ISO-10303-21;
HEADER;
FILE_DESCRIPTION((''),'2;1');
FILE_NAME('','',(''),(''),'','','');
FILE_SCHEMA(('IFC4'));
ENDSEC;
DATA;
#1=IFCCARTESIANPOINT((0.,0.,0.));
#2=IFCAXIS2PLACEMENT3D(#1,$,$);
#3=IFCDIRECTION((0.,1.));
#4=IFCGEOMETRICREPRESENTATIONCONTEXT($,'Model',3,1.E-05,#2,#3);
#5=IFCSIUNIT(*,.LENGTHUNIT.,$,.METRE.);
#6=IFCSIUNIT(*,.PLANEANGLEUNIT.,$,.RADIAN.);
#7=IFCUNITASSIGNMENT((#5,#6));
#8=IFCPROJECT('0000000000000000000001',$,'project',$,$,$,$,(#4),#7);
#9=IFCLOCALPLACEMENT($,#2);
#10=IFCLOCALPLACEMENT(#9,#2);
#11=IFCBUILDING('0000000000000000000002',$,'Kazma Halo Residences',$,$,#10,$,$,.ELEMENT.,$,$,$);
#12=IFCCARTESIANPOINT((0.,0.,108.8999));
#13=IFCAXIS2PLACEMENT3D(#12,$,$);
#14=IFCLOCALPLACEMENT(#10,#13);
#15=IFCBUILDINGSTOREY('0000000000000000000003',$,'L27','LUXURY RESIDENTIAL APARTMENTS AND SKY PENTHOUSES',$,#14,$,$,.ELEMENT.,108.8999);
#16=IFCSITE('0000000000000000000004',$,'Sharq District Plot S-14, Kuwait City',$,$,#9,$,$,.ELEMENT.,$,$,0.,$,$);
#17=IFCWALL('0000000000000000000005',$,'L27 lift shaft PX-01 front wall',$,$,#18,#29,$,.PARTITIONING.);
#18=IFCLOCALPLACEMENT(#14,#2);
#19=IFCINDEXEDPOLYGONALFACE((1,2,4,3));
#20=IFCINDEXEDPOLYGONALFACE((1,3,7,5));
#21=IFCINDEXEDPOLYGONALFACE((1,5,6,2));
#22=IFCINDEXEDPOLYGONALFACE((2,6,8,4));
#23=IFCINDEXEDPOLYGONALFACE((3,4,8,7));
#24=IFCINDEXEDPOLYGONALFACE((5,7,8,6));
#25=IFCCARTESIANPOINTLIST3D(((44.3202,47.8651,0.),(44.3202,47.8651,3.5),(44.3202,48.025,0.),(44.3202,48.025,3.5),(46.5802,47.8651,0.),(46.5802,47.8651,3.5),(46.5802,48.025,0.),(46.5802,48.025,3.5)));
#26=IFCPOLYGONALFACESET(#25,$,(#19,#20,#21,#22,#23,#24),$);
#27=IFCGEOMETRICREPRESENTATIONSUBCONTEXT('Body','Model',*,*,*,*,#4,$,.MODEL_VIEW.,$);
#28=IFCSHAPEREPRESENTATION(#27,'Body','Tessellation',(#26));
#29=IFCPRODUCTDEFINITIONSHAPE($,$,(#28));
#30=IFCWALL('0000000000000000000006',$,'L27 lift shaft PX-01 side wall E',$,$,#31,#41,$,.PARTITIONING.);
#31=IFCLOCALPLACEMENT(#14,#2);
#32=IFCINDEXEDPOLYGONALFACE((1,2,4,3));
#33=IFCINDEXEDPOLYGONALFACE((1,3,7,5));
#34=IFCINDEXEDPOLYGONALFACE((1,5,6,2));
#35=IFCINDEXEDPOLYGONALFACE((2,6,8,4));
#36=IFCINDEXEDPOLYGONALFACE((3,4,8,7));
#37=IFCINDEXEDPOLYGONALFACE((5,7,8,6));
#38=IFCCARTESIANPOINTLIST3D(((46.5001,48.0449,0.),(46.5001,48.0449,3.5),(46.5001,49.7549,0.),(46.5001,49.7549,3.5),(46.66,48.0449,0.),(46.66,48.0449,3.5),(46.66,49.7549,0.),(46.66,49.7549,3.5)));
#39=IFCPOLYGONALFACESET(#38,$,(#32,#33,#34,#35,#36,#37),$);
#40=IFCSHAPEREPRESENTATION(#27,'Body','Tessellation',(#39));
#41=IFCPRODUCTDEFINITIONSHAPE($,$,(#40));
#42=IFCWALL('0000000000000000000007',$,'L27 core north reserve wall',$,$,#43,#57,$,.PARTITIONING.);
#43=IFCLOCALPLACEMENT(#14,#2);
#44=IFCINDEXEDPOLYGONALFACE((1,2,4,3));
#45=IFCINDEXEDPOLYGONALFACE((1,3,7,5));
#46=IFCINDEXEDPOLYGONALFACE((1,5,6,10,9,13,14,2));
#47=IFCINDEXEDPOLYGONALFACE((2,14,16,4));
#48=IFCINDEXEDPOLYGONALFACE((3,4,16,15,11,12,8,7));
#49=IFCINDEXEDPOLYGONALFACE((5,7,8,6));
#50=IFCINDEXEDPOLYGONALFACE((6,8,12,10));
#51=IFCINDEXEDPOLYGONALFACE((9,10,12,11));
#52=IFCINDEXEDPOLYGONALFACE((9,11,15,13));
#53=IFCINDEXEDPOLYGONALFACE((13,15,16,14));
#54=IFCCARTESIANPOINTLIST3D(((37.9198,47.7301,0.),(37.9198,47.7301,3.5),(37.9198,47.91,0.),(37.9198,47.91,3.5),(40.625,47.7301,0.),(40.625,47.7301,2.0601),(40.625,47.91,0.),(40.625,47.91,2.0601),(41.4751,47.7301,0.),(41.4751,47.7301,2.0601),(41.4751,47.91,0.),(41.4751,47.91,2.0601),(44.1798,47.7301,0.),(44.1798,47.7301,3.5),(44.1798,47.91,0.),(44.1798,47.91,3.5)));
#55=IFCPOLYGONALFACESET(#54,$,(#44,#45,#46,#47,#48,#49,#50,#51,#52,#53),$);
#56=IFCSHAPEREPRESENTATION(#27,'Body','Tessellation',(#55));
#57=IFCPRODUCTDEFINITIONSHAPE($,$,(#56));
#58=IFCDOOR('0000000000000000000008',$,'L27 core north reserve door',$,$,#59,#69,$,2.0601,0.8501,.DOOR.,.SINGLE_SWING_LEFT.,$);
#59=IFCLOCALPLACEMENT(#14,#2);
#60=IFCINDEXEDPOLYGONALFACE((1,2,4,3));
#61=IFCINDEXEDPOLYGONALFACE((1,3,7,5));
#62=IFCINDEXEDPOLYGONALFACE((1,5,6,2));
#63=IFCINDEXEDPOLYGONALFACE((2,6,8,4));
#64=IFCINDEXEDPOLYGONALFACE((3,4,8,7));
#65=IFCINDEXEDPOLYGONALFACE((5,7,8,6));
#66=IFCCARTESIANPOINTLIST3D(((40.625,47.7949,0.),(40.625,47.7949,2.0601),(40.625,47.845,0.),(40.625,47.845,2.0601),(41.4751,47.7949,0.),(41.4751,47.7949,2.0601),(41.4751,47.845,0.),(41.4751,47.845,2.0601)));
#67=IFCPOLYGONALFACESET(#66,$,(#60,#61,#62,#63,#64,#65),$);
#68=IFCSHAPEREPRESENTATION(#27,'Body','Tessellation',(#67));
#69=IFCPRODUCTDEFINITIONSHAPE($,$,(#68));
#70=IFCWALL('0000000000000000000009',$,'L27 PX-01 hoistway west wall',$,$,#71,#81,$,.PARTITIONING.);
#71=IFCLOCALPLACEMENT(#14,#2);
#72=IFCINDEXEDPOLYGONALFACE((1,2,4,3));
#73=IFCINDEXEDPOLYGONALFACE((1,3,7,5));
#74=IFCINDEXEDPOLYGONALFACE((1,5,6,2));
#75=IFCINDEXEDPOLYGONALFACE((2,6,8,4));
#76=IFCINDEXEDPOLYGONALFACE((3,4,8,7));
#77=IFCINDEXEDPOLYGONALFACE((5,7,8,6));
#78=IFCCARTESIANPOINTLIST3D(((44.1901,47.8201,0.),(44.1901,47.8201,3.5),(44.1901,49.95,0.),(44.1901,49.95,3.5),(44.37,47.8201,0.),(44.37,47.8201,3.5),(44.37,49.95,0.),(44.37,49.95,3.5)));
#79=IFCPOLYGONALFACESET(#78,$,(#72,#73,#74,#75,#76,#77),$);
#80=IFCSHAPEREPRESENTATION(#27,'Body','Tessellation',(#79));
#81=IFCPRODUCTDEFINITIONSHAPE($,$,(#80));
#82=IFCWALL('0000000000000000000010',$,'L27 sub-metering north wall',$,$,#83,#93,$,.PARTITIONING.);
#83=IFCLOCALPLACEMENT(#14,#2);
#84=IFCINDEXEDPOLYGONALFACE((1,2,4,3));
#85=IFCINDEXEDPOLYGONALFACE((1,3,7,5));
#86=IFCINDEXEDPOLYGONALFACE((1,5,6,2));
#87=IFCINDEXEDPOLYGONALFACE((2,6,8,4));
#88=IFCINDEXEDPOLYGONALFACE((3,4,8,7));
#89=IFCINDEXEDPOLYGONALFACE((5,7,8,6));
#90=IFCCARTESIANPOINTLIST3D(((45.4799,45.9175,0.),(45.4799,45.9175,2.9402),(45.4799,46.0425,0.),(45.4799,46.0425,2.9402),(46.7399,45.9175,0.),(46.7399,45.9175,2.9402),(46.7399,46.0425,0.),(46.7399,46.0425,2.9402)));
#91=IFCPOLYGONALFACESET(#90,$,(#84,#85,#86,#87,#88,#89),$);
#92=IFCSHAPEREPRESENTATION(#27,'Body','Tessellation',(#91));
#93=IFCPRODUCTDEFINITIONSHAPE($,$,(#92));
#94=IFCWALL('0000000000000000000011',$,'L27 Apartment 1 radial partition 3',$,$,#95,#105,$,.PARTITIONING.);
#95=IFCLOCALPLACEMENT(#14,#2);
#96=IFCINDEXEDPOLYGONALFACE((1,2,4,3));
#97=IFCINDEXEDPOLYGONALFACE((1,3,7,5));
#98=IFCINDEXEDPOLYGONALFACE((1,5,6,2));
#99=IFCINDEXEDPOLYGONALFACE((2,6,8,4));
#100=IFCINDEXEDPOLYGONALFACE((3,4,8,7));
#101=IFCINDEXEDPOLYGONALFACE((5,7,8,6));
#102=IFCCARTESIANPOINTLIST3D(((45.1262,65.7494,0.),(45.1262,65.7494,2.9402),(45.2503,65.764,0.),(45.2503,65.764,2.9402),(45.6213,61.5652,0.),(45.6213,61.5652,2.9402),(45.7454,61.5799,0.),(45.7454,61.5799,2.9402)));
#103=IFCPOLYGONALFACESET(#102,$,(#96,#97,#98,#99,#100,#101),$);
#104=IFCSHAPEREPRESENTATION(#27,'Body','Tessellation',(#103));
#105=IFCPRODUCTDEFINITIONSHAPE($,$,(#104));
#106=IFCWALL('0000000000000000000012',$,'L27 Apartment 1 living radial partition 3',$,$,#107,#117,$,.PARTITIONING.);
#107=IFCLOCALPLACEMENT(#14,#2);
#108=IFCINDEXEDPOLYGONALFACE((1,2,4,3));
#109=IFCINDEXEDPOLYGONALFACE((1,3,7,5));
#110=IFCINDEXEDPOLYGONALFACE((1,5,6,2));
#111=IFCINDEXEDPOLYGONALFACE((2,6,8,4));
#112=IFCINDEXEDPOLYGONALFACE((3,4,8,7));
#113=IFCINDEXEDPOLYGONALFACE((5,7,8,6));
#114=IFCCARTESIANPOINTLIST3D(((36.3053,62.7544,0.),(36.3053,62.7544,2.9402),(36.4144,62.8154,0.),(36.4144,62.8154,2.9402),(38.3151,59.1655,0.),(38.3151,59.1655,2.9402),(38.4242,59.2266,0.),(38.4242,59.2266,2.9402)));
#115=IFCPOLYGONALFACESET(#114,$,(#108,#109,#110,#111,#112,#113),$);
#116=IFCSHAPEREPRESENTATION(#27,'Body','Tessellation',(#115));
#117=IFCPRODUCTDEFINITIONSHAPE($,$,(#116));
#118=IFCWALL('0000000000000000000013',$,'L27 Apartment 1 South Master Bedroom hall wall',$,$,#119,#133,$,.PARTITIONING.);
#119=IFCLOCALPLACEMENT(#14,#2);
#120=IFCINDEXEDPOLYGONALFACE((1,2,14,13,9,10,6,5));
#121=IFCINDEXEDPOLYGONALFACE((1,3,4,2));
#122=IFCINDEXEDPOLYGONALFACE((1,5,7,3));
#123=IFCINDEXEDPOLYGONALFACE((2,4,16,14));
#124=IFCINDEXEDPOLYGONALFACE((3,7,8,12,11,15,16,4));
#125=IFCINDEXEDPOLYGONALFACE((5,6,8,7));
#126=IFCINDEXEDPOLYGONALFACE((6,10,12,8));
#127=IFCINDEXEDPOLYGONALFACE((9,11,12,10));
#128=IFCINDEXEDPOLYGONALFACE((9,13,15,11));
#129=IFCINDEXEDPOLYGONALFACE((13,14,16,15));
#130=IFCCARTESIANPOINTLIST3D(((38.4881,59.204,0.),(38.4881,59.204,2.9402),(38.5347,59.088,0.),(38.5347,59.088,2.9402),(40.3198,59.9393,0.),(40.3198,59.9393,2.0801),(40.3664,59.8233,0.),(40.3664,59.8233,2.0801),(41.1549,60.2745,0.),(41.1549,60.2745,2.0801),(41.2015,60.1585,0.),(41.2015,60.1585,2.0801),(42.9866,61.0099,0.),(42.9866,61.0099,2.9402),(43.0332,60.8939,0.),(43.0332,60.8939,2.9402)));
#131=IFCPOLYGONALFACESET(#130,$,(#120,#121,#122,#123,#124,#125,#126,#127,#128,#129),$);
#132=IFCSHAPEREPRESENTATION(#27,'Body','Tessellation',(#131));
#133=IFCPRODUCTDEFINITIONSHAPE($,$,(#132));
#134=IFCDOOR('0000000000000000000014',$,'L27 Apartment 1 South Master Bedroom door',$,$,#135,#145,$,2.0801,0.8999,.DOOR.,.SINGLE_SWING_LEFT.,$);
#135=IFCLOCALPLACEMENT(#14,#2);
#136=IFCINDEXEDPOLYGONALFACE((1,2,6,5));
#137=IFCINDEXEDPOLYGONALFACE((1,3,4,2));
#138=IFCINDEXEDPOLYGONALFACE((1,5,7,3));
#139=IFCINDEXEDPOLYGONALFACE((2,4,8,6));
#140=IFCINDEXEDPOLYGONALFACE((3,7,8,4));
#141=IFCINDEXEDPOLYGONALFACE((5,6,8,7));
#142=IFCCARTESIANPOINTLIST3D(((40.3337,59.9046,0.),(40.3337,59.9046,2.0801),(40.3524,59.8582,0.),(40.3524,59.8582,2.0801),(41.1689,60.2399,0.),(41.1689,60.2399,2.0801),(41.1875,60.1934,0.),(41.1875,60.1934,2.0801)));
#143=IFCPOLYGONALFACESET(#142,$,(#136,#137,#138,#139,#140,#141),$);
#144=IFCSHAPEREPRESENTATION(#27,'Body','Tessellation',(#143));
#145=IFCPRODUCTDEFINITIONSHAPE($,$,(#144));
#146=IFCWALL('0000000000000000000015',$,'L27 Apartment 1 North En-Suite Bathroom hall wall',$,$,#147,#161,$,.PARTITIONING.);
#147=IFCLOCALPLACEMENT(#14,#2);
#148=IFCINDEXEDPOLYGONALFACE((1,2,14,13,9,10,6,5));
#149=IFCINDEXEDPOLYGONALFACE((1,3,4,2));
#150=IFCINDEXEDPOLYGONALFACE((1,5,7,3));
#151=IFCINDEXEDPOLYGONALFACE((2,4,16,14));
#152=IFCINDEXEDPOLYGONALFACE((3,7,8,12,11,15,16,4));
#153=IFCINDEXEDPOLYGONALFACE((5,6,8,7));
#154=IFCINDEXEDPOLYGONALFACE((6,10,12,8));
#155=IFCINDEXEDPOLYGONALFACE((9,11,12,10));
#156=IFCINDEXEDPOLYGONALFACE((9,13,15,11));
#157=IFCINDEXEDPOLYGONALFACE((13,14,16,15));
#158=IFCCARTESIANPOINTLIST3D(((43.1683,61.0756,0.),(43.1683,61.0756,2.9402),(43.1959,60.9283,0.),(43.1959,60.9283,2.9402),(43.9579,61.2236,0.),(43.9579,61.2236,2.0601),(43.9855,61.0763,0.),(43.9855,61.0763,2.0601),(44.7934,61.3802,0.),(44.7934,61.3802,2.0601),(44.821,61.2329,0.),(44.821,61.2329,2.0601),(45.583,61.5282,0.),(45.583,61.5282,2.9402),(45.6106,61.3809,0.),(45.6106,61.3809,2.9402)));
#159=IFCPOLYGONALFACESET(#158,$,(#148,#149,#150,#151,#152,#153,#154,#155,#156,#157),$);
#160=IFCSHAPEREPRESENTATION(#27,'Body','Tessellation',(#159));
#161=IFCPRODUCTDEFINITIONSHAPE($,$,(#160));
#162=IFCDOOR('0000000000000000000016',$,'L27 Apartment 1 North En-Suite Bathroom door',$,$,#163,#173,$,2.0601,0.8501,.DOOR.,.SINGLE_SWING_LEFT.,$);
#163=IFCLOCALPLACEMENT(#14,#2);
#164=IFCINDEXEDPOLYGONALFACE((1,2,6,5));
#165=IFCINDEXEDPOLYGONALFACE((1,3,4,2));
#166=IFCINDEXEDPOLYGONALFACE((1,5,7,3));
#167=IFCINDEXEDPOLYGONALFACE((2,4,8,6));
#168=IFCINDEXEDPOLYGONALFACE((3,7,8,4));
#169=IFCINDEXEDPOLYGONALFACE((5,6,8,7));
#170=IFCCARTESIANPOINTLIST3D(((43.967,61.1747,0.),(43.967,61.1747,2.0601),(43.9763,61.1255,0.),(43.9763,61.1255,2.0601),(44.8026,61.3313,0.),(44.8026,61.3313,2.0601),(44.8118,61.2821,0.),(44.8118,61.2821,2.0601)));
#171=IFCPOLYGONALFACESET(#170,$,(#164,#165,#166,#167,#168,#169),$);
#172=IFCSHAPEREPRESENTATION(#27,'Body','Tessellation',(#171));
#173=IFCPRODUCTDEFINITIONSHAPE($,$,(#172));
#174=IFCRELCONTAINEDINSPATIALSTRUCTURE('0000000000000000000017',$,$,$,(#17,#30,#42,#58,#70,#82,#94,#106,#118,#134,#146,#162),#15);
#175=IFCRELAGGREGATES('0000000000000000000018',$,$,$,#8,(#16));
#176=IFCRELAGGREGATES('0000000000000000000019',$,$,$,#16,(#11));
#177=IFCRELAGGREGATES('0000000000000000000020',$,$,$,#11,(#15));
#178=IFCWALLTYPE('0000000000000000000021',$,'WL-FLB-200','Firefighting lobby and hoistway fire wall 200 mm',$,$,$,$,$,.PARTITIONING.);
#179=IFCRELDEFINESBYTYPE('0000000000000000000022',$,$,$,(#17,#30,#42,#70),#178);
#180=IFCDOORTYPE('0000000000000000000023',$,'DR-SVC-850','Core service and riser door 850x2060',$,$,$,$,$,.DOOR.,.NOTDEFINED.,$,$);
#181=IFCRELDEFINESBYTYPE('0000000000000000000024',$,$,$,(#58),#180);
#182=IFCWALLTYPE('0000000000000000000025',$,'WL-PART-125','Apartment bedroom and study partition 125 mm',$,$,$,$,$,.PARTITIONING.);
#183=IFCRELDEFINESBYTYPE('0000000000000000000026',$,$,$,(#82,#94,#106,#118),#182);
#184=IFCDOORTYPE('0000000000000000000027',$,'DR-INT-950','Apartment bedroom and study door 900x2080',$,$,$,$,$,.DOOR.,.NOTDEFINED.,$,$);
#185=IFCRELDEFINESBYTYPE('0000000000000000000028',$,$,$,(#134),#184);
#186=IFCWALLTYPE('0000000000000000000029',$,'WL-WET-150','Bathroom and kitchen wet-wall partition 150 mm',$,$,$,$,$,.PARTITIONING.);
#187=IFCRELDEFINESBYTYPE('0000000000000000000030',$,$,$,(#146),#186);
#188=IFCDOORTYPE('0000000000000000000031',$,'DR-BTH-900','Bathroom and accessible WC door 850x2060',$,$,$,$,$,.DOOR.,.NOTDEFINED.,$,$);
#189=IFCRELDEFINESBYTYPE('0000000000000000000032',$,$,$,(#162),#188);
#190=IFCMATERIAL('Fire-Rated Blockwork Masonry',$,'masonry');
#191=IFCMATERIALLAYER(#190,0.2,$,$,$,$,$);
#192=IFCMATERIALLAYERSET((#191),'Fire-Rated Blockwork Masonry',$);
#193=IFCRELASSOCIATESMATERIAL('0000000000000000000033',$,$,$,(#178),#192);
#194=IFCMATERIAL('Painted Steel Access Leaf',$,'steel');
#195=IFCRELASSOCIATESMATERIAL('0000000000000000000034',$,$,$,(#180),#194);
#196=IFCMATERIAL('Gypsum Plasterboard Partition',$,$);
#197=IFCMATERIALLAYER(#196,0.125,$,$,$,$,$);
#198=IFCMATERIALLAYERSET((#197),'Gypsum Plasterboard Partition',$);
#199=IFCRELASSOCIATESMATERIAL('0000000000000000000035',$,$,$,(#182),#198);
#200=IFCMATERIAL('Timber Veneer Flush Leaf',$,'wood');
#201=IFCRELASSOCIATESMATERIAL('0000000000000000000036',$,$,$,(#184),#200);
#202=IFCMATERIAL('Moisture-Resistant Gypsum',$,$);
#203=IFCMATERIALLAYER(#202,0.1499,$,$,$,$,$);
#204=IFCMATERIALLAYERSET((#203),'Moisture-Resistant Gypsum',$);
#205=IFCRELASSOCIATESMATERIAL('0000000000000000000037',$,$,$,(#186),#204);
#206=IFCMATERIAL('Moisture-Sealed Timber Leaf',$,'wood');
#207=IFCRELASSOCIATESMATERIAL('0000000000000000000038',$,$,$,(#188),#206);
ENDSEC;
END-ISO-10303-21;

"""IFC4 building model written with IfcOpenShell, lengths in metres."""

from ifc_helpers import new_model, si_unit, direction, frame, frame_2d, origin, place, context, subcontext, project, spatial, rectangle, extrude, material, layer, layer_set, type_object, element, fill, save


model = new_model("IFC4")

# Units and contexts
model_context = context("Model", 3, precision=1e-05, world=origin(), true_north=direction((0.0, 1.0)))
body_context = subcontext(model_context, "Body", "Model", "MODEL_VIEW")
ifc_project = project(units=[si_unit("LENGTHUNIT", "METRE"), si_unit("PLANEANGLEUNIT", "RADIAN")], contexts=[model_context])

# Site, building, storey
site_placement = place(None, origin())
site = spatial("IfcSite", under=ifc_project, at=site_placement, Name="Sharq District Plot S-14, Kuwait City", CompositionType="ELEMENT", RefElevation=0.0)
building_placement = place(site_placement, origin())
building = spatial("IfcBuilding", under=site, at=building_placement, Name="Kazma Halo Residences", CompositionType="ELEMENT")
storey_placement = place(building_placement, frame((0.0, 0.0, 108.8999)))
storey = spatial("IfcBuildingStorey", under=building, at=storey_placement, Name="L27", Description="LUXURY RESIDENTIAL APARTMENTS AND SKY PENTHOUSES", CompositionType="ELEMENT", Elevation=108.8999)

# Walls
ifc_material_1 = material(Name="Fire-Rated Blockwork Masonry", Category="masonry")
ifc_layer_1 = layer(ifc_material_1, 0.2)
ifc_layer_set_1 = layer_set([ifc_layer_1], Name="Fire-Rated Blockwork Masonry")
wall_type_1 = type_object("IfcWallType", Name="WL-FLB-200", Description="Firefighting lobby and hoistway fire wall 200 mm", PredefinedType="PARTITIONING", material=ifc_layer_set_1)
wall_1_placement = place(storey_placement, frame((46.5801, 47.9451, 0.0), z_axis=(0.0, 0.0, 1.0), x_axis=(-1.0, 0.0, 0.0)))
element("IfcWall", 1, at=wall_1_placement, inside=storey, type_object=wall_type_1, Name="L27 lift shaft PX-01 front wall", PredefinedType="PARTITIONING", context=body_context, shape_type="SweptSolid", body=[
    extrude(rectangle(XDim=2.26, YDim=0.1599, at=frame_2d((1.1299, 0.0))), origin(), (0.0, 0.0, 1.0), 3.5),
])
wall_2_placement = place(storey_placement, frame((46.5801, 48.0449, 0.0), z_axis=(0.0, 0.0, 1.0), x_axis=(0.0, 1.0, 0.0)))
element("IfcWall", 2, at=wall_2_placement, inside=storey, type_object=wall_type_1, Name="L27 lift shaft PX-01 side wall E", PredefinedType="PARTITIONING", context=body_context, shape_type="SweptSolid", body=[
    extrude(rectangle(XDim=1.71, YDim=0.1599, at=frame_2d((0.855, 0.0))), origin(), (0.0, 0.0, 1.0), 3.5),
])

# Wall, opening, door
wall_3_placement = place(storey_placement, frame((37.9199, 47.8201, 0.0), z_axis=(0.0, 0.0, 1.0), x_axis=(1.0, 0.0, 0.0)))
wall_3 = element("IfcWall", 3, at=wall_3_placement, inside=storey, type_object=wall_type_1, Name="L27 core north reserve wall", PredefinedType="PARTITIONING", context=body_context, shape_type="SweptSolid", body=[
    extrude(rectangle(XDim=6.26, YDim=0.1799, at=frame_2d((3.1299, 0.0))), origin(), (0.0, 0.0, 1.0), 3.5),
])
opening_1_placement = place(wall_3_placement, frame((2.7051, 0.0, 0.0)))
opening_1 = element("IfcOpeningElement", 4, at=opening_1_placement, cuts=wall_3, PredefinedType="OPENING", context=body_context, shape_type="SweptSolid", body=[
    extrude(rectangle(XDim=0.8501, YDim=2.0601, at=frame_2d((0.425, 1.03))), frame((0.0, 0.0999, 0.0), z_axis=(0.0, -1.0, 0.0), x_axis=(1.0, 0.0, 0.0)), (0.0, 0.0, 1.0), 0.2),
])
ifc_material_2 = material(Name="Painted Steel Access Leaf", Category="steel")
door_type_1 = type_object("IfcDoorType", Name="DR-SVC-850", Description="Core service and riser door 850x2060", OperationType="NOTDEFINED", PredefinedType="DOOR", material=ifc_material_2)
door_1_placement = place(opening_1_placement, origin())
door_1 = element("IfcDoor", 5, at=door_1_placement, inside=storey, type_object=door_type_1, Name="L27 core north reserve door", OperationType="SINGLE_SWING_LEFT", OverallHeight=2.0601, OverallWidth=0.8501, PredefinedType="DOOR", context=body_context, shape_type="SweptSolid", body=[
    extrude(rectangle(XDim=0.8501, YDim=2.0601, at=frame_2d((0.425, 1.03))), frame((0.0, 0.0249, 0.0), z_axis=(0.0, -1.0, 0.0), x_axis=(1.0, 0.0, 0.0)), (0.0, 0.0, 1.0), 0.05),
])
fill(opening_1, door_1)

# Walls
wall_4_placement = place(storey_placement, frame((44.28, 47.8201, 0.0), z_axis=(0.0, 0.0, 1.0), x_axis=(0.0, 1.0, 0.0)))
element("IfcWall", 6, at=wall_4_placement, inside=storey, type_object=wall_type_1, Name="L27 PX-01 hoistway west wall", PredefinedType="PARTITIONING", context=body_context, shape_type="SweptSolid", body=[
    extrude(rectangle(XDim=2.1299, YDim=0.1799, at=frame_2d((1.0649, 0.0))), origin(), (0.0, 0.0, 1.0), 3.5),
])
ifc_material_3 = material(Name="Gypsum Plasterboard Partition")
ifc_layer_2 = layer(ifc_material_3, 0.125)
ifc_layer_set_2 = layer_set([ifc_layer_2], Name="Gypsum Plasterboard Partition")
wall_type_2 = type_object("IfcWallType", Name="WL-PART-125", Description="Apartment bedroom and study partition 125 mm", PredefinedType="PARTITIONING", material=ifc_layer_set_2)
wall_5_placement = place(storey_placement, frame((45.48, 45.98, 0.0), z_axis=(0.0, 0.0, 1.0), x_axis=(1.0, 0.0, 0.0)))
element("IfcWall", 7, at=wall_5_placement, inside=storey, type_object=wall_type_2, Name="L27 sub-metering north wall", PredefinedType="PARTITIONING", context=body_context, shape_type="SweptSolid", body=[
    extrude(rectangle(XDim=1.26, YDim=0.125, at=frame_2d((0.6299, 0.0))), origin(), (0.0, 0.0, 1.0), 2.9402),
])
wall_6_placement = place(storey_placement, frame((45.6833, 61.5725, 0.0), z_axis=(0.0, 0.0, 1.0), x_axis=(-0.117514, 0.993071, 0.0)))
element("IfcWall", 8, at=wall_6_placement, inside=storey, type_object=wall_type_2, Name="L27 Apartment 1 radial partition 3", PredefinedType="PARTITIONING", context=body_context, shape_type="SweptSolid", body=[
    extrude(rectangle(XDim=4.2134, YDim=0.125, at=frame_2d((2.1067, 0.0))), origin(), (0.0, 0.0, 1.0), 2.9402),
])
wall_7_placement = place(storey_placement, frame((38.3696, 59.196, 0.0), z_axis=(0.0, 0.0, 1.0), x_axis=(-0.488603, 0.872506, 0.0)))
element("IfcWall", 9, at=wall_7_placement, inside=storey, type_object=wall_type_2, Name="L27 Apartment 1 living radial partition 3", PredefinedType="PARTITIONING", context=body_context, shape_type="SweptSolid", body=[
    extrude(rectangle(XDim=4.1133, YDim=0.125, at=frame_2d((2.0566, 0.0))), origin(), (0.0, 0.0, 1.0), 2.9402),
])

# Walls, openings, doors
wall_8_placement = place(storey_placement, frame((43.01, 60.9519, 0.0), z_axis=(0.0, 0.0, 1.0), x_axis=(-0.928014, -0.372545, 0.0)))
wall_8 = element("IfcWall", 10, at=wall_8_placement, inside=storey, type_object=wall_type_2, Name="L27 Apartment 1 South Master Bedroom hall wall", PredefinedType="PARTITIONING", context=body_context, shape_type="SweptSolid", body=[
    extrude(rectangle(XDim=4.8474, YDim=0.125, at=frame_2d((2.4238, 0.0))), origin(), (0.0, 0.0, 1.0), 2.9402),
])
opening_2_placement = place(wall_8_placement, frame((1.9739, 0.0, 0.0)))
opening_2 = element("IfcOpeningElement", 11, at=opening_2_placement, cuts=wall_8, PredefinedType="OPENING", context=body_context, shape_type="SweptSolid", body=[
    extrude(rectangle(XDim=0.8999, YDim=2.0801, at=frame_2d((0.45, 1.04))), frame((0.0, 0.0725, 0.0), z_axis=(0.0, -1.0, 0.0), x_axis=(1.0, 0.0, 0.0)), (0.0, 0.0, 1.0), 0.145),
])
ifc_material_4 = material(Name="Timber Veneer Flush Leaf", Category="wood")
door_type_2 = type_object("IfcDoorType", Name="DR-INT-950", Description="Apartment bedroom and study door 900x2080", OperationType="NOTDEFINED", PredefinedType="DOOR", material=ifc_material_4)
door_2_placement = place(opening_2_placement, origin())
door_2 = element("IfcDoor", 12, at=door_2_placement, inside=storey, type_object=door_type_2, Name="L27 Apartment 1 South Master Bedroom door", OperationType="SINGLE_SWING_LEFT", OverallHeight=2.0801, OverallWidth=0.8999, PredefinedType="DOOR", context=body_context, shape_type="SweptSolid", body=[
    extrude(rectangle(XDim=0.8999, YDim=2.0801, at=frame_2d((0.45, 1.04))), frame((0.0, 0.0249, 0.0), z_axis=(0.0, -1.0, 0.0), x_axis=(1.0, 0.0, 0.0)), (0.0, 0.0, 1.0), 0.05),
])
fill(opening_2, door_2)
ifc_material_5 = material(Name="Moisture-Resistant Gypsum")
ifc_layer_3 = layer(ifc_material_5, 0.1499)
ifc_layer_set_3 = layer_set([ifc_layer_3], Name="Moisture-Resistant Gypsum")
wall_type_3 = type_object("IfcWallType", Name="WL-WET-150", Description="Bathroom and kitchen wet-wall partition 150 mm", PredefinedType="PARTITIONING", material=ifc_layer_set_3)
wall_9_placement = place(storey_placement, frame((45.5969, 61.4546, 0.0), z_axis=(0.0, 0.0, 1.0), x_axis=(-0.982882, -0.184235, 0.0)))
wall_9 = element("IfcWall", 13, at=wall_9_placement, inside=storey, type_object=wall_type_3, Name="L27 Apartment 1 North En-Suite Bathroom hall wall", PredefinedType="PARTITIONING", context=body_context, shape_type="SweptSolid", body=[
    extrude(rectangle(XDim=2.4568, YDim=0.1499, at=frame_2d((1.2285, 0.0))), origin(), (0.0, 0.0, 1.0), 2.9402),
])
opening_3_placement = place(wall_9_placement, frame((0.8035, 0.0, 0.0)))
opening_3 = element("IfcOpeningElement", 14, at=opening_3_placement, cuts=wall_9, PredefinedType="OPENING", context=body_context, shape_type="SweptSolid", body=[
    extrude(rectangle(XDim=0.8501, YDim=2.0601, at=frame_2d((0.425, 1.03))), frame((0.0, 0.085, 0.0), z_axis=(0.0, -1.0, 0.0), x_axis=(1.0, 0.0, 0.0)), (0.0, 0.0, 1.0), 0.1699),
])
ifc_material_6 = material(Name="Moisture-Sealed Timber Leaf", Category="wood")
door_type_3 = type_object("IfcDoorType", Name="DR-BTH-900", Description="Bathroom and accessible WC door 850x2060", OperationType="NOTDEFINED", PredefinedType="DOOR", material=ifc_material_6)
door_3_placement = place(opening_3_placement, origin())
door_3 = element("IfcDoor", 15, at=door_3_placement, inside=storey, type_object=door_type_3, Name="L27 Apartment 1 North En-Suite Bathroom door", OperationType="SINGLE_SWING_LEFT", OverallHeight=2.0601, OverallWidth=0.8501, PredefinedType="DOOR", context=body_context, shape_type="SweptSolid", body=[
    extrude(rectangle(XDim=0.8501, YDim=2.0601, at=frame_2d((0.425, 1.03))), frame((0.0, 0.0249, 0.0), z_axis=(0.0, -1.0, 0.0), x_axis=(1.0, 0.0, 0.0)), (0.0, 0.0, 1.0), 0.05),
])
fill(opening_3, door_3)

save(model, "model.ifc")
